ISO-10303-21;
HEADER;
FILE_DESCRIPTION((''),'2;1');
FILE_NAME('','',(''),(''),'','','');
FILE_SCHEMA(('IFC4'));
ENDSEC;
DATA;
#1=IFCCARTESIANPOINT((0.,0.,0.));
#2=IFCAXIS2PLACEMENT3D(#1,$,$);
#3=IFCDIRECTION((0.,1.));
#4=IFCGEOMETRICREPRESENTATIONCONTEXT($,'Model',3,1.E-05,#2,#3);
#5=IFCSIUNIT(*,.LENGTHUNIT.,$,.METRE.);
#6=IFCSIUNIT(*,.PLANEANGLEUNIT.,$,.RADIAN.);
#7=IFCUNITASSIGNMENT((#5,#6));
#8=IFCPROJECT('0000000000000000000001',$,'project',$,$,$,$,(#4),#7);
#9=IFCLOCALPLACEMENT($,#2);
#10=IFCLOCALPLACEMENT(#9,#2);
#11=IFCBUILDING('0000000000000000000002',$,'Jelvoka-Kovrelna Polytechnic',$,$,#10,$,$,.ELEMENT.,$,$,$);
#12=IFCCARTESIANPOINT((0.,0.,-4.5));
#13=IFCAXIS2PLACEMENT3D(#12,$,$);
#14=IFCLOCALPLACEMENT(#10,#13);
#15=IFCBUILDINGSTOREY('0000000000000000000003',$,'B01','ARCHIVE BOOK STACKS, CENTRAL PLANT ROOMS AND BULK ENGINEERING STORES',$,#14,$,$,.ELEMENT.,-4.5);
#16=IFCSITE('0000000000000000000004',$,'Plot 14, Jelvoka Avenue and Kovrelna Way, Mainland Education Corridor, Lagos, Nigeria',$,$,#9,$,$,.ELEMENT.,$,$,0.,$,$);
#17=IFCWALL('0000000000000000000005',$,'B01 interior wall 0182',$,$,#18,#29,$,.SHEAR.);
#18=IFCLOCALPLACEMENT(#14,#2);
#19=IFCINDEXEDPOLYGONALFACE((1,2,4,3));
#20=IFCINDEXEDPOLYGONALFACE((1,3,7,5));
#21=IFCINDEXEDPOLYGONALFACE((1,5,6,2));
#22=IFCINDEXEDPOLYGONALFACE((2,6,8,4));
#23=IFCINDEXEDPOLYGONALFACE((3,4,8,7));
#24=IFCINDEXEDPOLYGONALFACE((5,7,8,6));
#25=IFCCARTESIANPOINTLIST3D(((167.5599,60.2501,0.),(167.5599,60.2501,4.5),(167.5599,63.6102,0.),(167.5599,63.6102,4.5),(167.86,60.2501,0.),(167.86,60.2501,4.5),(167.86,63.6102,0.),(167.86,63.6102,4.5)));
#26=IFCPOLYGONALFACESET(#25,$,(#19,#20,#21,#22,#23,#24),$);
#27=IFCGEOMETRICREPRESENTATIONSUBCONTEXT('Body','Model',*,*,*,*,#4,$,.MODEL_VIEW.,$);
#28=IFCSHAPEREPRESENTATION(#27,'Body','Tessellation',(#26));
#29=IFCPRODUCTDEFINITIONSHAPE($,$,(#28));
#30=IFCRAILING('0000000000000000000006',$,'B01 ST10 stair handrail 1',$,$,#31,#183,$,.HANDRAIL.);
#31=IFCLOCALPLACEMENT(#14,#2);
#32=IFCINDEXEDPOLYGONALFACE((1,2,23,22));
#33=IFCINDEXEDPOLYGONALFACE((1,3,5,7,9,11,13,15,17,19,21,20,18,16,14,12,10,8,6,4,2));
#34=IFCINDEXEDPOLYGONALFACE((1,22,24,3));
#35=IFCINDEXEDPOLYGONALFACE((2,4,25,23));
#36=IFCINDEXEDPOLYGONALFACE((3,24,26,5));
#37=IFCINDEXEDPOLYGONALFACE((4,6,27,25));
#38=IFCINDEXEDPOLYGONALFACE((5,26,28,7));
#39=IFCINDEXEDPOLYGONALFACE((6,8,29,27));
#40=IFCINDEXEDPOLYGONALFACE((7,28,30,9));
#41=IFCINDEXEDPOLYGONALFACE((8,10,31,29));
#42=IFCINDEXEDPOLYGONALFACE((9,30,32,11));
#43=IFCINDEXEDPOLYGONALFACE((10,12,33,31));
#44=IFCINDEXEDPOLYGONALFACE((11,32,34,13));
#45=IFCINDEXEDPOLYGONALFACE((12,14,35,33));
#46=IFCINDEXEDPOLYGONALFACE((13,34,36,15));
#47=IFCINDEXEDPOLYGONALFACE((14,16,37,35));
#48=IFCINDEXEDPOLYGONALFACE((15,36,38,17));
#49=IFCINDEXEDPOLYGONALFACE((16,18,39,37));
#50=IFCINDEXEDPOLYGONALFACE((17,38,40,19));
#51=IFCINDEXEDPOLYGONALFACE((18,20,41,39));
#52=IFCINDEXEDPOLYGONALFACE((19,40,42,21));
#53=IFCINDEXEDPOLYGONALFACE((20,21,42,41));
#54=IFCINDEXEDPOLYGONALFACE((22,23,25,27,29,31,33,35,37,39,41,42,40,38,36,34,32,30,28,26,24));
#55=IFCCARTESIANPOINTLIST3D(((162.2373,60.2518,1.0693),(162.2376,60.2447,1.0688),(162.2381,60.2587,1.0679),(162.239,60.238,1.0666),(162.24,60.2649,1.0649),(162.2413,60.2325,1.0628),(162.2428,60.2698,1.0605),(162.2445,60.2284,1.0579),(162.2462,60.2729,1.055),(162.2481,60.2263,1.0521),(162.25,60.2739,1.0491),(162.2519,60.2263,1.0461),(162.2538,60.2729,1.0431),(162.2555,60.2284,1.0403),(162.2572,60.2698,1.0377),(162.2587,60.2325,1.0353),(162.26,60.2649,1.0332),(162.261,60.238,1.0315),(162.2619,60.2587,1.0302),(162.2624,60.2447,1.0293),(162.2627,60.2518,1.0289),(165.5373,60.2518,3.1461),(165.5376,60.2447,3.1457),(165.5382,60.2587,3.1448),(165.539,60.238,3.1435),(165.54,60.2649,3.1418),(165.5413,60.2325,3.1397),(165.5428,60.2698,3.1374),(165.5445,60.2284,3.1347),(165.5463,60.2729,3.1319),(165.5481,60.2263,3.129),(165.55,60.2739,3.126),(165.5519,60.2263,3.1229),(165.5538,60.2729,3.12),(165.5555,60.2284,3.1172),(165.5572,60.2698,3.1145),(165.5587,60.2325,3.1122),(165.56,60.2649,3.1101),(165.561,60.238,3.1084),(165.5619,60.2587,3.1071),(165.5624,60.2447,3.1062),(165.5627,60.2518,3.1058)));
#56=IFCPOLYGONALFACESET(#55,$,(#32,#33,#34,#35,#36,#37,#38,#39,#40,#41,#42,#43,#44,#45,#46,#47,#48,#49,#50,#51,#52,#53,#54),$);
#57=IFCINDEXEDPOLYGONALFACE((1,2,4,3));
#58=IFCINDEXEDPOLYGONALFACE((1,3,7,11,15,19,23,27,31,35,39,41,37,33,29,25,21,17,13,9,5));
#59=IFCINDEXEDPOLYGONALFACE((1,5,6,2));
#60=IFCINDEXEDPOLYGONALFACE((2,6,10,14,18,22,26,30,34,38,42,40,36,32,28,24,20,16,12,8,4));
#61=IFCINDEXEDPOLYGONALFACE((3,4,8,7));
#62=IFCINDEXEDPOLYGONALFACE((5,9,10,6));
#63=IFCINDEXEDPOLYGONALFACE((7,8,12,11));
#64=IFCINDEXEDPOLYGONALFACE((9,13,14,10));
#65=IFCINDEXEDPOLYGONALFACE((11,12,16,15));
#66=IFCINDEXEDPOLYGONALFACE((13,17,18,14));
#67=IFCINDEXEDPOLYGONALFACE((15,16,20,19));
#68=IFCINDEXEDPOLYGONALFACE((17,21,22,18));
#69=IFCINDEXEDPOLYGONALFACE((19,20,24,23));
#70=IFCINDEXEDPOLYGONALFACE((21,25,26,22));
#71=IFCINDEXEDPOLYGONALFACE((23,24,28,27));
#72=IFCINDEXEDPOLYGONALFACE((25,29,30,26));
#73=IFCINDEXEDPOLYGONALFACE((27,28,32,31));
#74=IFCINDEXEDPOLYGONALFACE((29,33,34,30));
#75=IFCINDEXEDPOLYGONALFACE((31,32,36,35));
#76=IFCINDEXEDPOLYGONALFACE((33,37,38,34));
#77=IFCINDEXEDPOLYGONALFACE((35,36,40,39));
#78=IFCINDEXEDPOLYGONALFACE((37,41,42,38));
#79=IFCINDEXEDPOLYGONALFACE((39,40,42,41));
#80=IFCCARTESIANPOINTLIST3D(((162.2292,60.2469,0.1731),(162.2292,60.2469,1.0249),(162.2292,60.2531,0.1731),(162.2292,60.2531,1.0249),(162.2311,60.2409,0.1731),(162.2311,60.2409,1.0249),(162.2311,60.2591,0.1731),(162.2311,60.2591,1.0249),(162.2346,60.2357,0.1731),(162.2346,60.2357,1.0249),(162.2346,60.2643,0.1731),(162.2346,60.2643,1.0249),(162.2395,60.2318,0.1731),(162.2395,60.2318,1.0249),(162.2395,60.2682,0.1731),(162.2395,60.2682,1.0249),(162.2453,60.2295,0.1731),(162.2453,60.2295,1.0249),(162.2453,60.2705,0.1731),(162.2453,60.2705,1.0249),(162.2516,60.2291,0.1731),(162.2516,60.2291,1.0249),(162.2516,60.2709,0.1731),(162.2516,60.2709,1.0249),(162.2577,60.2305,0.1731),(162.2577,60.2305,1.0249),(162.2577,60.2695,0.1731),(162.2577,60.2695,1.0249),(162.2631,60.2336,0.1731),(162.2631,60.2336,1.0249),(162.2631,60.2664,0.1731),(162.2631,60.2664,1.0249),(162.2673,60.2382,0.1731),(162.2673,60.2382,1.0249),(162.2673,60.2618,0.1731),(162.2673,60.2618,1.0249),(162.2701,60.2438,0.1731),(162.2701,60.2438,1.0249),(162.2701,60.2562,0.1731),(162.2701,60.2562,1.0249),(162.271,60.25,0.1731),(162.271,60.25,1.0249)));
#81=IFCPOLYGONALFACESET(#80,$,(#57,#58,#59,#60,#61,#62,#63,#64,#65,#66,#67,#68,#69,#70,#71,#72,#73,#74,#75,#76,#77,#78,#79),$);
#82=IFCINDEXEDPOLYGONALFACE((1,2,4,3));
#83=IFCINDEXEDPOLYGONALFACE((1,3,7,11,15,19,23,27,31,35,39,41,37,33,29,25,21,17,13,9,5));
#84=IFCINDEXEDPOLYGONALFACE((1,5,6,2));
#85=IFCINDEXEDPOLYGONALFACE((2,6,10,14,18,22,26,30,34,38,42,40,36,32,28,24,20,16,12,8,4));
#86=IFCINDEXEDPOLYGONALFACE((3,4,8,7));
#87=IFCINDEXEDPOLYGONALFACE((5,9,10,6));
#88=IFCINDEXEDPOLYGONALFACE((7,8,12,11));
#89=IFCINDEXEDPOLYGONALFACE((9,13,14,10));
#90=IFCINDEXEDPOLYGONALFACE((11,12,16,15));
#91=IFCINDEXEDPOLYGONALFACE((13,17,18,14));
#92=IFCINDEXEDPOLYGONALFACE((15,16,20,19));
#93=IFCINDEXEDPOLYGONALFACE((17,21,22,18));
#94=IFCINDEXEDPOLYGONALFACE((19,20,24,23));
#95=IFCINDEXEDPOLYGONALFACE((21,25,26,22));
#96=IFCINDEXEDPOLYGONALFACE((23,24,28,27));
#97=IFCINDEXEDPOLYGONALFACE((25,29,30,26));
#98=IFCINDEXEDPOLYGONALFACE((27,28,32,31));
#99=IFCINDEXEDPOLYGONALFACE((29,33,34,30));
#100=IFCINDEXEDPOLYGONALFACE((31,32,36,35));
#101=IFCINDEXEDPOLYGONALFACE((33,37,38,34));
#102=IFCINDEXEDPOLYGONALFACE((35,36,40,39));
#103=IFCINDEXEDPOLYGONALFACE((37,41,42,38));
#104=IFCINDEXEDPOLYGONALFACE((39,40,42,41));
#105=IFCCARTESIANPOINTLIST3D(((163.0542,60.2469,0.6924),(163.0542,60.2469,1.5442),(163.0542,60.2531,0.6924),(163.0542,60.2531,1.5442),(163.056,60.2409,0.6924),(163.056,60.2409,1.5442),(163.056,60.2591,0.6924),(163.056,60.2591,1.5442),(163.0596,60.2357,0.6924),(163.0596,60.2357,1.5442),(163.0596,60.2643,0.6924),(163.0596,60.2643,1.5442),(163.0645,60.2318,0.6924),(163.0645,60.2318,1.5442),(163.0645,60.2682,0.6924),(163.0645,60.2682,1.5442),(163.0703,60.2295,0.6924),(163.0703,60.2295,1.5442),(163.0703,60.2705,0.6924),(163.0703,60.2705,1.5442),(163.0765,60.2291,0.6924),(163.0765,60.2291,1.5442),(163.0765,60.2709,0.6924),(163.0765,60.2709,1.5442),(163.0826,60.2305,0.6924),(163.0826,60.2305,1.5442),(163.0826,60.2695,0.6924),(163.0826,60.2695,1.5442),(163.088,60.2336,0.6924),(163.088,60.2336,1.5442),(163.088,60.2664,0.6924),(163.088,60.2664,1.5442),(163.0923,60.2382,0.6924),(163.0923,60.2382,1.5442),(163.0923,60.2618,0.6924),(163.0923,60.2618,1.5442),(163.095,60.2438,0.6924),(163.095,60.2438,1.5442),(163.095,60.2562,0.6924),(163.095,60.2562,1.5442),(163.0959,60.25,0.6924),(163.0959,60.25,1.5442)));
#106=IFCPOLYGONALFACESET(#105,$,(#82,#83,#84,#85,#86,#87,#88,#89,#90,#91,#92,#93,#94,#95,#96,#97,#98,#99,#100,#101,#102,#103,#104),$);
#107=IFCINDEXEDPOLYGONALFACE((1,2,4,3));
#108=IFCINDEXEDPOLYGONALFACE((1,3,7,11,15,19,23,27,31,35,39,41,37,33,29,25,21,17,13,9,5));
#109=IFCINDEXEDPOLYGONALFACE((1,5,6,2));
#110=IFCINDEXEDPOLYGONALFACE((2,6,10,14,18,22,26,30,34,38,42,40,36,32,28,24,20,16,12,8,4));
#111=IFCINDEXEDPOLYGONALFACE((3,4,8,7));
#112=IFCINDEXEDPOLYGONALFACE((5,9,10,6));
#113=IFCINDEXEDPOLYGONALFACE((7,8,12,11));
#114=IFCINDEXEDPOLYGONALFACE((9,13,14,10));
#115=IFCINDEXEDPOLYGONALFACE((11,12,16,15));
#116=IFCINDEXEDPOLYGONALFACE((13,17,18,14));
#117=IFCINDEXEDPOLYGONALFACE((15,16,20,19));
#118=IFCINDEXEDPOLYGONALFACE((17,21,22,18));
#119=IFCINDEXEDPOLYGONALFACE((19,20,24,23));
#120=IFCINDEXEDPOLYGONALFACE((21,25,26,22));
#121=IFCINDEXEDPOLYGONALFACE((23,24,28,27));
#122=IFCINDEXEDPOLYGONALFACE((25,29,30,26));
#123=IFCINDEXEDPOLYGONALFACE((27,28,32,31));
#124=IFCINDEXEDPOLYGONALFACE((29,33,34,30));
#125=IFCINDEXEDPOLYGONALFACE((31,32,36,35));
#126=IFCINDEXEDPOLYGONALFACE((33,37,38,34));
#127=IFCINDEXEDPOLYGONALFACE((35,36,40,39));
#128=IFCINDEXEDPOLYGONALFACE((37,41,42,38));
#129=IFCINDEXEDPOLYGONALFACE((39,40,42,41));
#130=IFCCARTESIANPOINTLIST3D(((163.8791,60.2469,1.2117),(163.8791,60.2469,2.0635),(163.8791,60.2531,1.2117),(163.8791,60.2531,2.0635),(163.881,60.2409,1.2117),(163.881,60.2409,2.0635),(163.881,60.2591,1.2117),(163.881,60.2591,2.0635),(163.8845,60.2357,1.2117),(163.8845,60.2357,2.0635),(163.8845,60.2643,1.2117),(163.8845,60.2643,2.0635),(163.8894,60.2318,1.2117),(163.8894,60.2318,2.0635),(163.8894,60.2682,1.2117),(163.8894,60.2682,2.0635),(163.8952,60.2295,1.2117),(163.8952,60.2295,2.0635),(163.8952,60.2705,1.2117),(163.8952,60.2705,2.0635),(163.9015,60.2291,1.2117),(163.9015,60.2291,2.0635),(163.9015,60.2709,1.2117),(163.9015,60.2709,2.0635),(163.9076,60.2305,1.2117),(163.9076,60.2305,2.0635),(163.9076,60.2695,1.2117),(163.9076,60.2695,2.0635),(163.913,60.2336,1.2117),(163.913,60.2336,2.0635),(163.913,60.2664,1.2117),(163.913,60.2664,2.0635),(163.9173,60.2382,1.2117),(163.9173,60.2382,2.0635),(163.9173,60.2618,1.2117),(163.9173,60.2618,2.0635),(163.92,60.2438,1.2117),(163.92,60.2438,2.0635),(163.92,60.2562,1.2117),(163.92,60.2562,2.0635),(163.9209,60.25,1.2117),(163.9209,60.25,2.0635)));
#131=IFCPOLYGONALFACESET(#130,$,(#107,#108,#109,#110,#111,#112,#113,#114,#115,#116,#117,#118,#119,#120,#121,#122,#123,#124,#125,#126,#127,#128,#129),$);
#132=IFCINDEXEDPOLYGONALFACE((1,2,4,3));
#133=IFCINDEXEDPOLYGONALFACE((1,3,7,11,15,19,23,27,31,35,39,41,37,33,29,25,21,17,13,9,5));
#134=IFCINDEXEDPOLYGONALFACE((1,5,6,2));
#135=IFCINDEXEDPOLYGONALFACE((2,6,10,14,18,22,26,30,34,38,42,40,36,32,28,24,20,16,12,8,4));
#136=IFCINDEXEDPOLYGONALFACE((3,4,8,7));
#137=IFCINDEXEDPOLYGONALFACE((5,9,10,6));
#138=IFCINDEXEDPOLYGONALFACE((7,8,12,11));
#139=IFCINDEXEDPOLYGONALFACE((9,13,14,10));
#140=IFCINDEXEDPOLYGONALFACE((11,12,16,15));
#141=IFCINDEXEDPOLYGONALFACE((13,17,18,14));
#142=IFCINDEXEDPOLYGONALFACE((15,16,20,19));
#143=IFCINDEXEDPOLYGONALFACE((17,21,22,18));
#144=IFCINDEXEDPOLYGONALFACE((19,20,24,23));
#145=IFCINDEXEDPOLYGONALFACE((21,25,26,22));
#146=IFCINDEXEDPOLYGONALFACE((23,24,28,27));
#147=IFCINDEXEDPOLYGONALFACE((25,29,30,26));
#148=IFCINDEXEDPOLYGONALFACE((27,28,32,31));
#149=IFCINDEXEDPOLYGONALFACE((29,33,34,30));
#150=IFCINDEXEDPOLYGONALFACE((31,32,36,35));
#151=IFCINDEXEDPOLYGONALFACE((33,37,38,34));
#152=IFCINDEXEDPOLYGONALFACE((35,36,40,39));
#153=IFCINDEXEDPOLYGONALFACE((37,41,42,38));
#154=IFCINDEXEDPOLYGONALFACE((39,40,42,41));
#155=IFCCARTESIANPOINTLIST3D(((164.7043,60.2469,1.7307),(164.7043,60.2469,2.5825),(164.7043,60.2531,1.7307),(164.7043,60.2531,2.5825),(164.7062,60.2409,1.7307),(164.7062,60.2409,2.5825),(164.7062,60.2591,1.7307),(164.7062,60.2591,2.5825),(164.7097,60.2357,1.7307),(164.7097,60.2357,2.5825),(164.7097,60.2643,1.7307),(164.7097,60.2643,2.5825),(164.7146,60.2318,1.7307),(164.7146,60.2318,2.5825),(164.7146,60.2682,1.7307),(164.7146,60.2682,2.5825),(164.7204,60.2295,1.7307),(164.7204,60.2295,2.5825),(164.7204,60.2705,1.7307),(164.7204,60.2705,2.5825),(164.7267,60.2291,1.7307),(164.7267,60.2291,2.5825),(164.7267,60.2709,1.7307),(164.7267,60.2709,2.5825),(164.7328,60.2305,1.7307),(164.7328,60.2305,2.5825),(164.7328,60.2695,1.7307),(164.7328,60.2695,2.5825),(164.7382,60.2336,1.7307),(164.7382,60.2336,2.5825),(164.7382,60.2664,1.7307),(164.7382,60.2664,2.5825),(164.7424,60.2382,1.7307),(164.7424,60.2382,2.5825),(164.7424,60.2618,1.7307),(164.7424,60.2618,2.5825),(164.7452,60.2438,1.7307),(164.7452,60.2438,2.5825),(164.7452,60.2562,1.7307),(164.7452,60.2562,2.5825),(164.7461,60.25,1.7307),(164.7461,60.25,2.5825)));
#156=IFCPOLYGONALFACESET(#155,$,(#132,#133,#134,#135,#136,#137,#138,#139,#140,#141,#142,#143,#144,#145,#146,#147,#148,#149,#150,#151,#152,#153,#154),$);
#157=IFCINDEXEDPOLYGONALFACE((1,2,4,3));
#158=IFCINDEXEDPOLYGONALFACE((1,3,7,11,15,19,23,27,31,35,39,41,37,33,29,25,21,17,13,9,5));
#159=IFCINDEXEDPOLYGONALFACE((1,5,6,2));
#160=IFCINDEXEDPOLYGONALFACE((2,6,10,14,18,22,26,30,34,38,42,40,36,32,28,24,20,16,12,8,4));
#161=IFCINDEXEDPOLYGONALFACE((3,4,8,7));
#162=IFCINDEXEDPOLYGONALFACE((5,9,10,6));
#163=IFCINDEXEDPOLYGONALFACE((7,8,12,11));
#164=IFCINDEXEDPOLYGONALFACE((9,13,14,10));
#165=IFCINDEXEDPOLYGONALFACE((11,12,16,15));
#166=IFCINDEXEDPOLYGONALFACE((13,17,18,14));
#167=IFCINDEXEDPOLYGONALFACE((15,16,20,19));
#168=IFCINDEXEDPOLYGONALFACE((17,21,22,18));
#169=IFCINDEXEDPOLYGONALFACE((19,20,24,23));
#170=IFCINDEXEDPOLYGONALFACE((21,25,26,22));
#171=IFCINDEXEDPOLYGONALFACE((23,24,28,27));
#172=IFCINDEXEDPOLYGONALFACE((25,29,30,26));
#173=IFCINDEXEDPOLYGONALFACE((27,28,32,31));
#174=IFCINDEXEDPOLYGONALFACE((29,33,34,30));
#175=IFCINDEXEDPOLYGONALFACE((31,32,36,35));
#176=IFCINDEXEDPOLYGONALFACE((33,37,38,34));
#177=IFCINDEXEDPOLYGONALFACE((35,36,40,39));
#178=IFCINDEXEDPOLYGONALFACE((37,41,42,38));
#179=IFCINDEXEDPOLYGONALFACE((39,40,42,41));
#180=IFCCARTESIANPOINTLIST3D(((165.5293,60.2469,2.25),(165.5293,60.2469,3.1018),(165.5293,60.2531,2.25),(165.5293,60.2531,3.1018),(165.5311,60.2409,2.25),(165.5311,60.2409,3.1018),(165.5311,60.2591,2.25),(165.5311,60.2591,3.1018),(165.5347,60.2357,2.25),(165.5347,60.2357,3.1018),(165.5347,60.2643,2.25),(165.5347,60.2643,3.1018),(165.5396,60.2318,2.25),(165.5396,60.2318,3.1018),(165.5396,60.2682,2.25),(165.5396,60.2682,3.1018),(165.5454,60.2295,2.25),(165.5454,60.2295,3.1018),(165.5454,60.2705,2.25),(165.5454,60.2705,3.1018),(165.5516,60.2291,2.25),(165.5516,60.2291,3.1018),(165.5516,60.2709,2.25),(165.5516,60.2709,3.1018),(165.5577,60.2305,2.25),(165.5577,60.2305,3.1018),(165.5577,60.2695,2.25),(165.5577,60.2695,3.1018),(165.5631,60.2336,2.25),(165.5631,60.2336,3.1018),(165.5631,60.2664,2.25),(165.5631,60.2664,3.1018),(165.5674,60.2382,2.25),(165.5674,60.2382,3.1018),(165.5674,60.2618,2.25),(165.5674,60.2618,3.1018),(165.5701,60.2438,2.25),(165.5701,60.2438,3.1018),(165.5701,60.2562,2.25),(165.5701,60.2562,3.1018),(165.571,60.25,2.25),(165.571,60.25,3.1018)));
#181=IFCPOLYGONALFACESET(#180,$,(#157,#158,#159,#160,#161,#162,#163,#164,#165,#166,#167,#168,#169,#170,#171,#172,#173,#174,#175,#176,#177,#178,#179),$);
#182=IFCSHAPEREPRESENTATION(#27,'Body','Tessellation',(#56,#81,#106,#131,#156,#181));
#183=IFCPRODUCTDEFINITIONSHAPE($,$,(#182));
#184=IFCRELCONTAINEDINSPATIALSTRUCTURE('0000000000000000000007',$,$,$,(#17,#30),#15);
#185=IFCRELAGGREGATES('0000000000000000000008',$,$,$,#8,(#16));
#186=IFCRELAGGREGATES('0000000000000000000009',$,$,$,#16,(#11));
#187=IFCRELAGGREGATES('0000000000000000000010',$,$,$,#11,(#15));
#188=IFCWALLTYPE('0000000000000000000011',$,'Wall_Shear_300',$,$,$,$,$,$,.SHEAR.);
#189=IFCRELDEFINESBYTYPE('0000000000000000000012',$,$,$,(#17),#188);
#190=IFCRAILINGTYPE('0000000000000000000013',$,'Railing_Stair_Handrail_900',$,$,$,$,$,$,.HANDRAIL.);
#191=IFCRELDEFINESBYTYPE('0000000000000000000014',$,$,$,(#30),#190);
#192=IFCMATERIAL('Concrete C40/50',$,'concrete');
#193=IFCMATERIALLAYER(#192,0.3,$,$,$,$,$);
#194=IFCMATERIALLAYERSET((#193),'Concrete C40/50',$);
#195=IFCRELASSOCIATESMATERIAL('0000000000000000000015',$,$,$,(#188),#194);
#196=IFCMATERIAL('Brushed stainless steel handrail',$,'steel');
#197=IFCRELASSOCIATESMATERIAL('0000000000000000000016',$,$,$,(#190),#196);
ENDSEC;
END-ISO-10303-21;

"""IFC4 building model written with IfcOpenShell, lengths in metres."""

from ifc_helpers import new_model, si_unit, direction, frame, frame_2d, origin, origin_2d, place, context, subcontext, project, spatial, rectangle, circle, extrude, material, layer, layer_set, type_object, element, save


model = new_model("IFC4")

# Units and contexts
model_context = context("Model", 3, precision=1e-05, world=origin(), true_north=direction((0.0, 1.0)))
body_context = subcontext(model_context, "Body", "Model", "MODEL_VIEW")
ifc_project = project(units=[si_unit("LENGTHUNIT", "METRE"), si_unit("PLANEANGLEUNIT", "RADIAN")], contexts=[model_context])

# Site, building, storey
site_placement = place(None, origin())
site = spatial("IfcSite", under=ifc_project, at=site_placement, Name="Plot 14, Jelvoka Avenue and Kovrelna Way, Mainland Education Corridor, Lagos, Nigeria", CompositionType="ELEMENT", RefElevation=0.0)
building_placement = place(site_placement, origin())
building = spatial("IfcBuilding", under=site, at=building_placement, Name="Jelvoka-Kovrelna Polytechnic", CompositionType="ELEMENT")
storey_placement = place(building_placement, frame((0.0, 0.0, -4.5)))
storey = spatial("IfcBuildingStorey", under=building, at=storey_placement, Name="B01", Description="ARCHIVE BOOK STACKS, CENTRAL PLANT ROOMS AND BULK ENGINEERING STORES", CompositionType="ELEMENT", Elevation=-4.5)

# Wall
ifc_material_1 = material(Name="Concrete C40/50", Category="concrete")
ifc_layer_1 = layer(ifc_material_1, 0.3)
ifc_layer_set_1 = layer_set([ifc_layer_1], Name="Concrete C40/50")
wall_type_1 = type_object("IfcWallType", Name="Wall_Shear_300", PredefinedType="SHEAR", material=ifc_layer_set_1)
wall_1_placement = place(storey_placement, frame((167.71, 60.25, 0.0), z_axis=(0.0, 0.0, 1.0), x_axis=(0.0, 1.0, 0.0)))
element("IfcWall", 1, at=wall_1_placement, inside=storey, type_object=wall_type_1, Name="B01 interior wall 0182", PredefinedType="SHEAR", context=body_context, shape_type="SweptSolid", body=[
    extrude(rectangle(XDim=3.3601, YDim=0.3, at=frame_2d((1.6802, 0.0))), origin(), (0.0, 0.0, 1.0), 4.5),
])

# Railing
ifc_material_2 = material(Name="Brushed stainless steel handrail", Category="steel")
railing_type = type_object("IfcRailingType", Name="Railing_Stair_Handrail_900", PredefinedType="HANDRAIL", material=ifc_material_2)
railing_placement = place(storey_placement, frame((162.25, 60.25, 0.1731)))
element("IfcRailing", 2, at=railing_placement, inside=storey, type_object=railing_type, Name="B01 ST10 stair handrail 1", PredefinedType="HANDRAIL", context=body_context, shape_type="SweptSolid", body=[
    extrude(circle(Radius=0.0239, at=origin_2d()), frame((0.0, 0.0, 0.876), z_axis=(0.846337, 0.0, 0.532647), x_axis=(0.0, 1.0, 0.0)), (0.0, 0.0, 1.0), 3.8992),
    extrude(circle(Radius=0.021, at=origin_2d()), origin(), (0.0, 0.0, 1.0), 0.8518),
    extrude(circle(Radius=0.021, at=origin_2d()), frame((0.825, 0.0, 0.5193)), (0.0, 0.0, 1.0), 0.8518),
    extrude(circle(Radius=0.021, at=origin_2d()), frame((1.6499, 0.0, 1.0386)), (0.0, 0.0, 1.0), 0.8518),
    extrude(circle(Radius=0.021, at=origin_2d()), frame((2.4751, 0.0, 1.5576)), (0.0, 0.0, 1.0), 0.8518),
    extrude(circle(Radius=0.021, at=origin_2d()), frame((3.3, 0.0, 2.0769)), (0.0, 0.0, 1.0), 0.8518),
])

save(model, "model.ifc")
